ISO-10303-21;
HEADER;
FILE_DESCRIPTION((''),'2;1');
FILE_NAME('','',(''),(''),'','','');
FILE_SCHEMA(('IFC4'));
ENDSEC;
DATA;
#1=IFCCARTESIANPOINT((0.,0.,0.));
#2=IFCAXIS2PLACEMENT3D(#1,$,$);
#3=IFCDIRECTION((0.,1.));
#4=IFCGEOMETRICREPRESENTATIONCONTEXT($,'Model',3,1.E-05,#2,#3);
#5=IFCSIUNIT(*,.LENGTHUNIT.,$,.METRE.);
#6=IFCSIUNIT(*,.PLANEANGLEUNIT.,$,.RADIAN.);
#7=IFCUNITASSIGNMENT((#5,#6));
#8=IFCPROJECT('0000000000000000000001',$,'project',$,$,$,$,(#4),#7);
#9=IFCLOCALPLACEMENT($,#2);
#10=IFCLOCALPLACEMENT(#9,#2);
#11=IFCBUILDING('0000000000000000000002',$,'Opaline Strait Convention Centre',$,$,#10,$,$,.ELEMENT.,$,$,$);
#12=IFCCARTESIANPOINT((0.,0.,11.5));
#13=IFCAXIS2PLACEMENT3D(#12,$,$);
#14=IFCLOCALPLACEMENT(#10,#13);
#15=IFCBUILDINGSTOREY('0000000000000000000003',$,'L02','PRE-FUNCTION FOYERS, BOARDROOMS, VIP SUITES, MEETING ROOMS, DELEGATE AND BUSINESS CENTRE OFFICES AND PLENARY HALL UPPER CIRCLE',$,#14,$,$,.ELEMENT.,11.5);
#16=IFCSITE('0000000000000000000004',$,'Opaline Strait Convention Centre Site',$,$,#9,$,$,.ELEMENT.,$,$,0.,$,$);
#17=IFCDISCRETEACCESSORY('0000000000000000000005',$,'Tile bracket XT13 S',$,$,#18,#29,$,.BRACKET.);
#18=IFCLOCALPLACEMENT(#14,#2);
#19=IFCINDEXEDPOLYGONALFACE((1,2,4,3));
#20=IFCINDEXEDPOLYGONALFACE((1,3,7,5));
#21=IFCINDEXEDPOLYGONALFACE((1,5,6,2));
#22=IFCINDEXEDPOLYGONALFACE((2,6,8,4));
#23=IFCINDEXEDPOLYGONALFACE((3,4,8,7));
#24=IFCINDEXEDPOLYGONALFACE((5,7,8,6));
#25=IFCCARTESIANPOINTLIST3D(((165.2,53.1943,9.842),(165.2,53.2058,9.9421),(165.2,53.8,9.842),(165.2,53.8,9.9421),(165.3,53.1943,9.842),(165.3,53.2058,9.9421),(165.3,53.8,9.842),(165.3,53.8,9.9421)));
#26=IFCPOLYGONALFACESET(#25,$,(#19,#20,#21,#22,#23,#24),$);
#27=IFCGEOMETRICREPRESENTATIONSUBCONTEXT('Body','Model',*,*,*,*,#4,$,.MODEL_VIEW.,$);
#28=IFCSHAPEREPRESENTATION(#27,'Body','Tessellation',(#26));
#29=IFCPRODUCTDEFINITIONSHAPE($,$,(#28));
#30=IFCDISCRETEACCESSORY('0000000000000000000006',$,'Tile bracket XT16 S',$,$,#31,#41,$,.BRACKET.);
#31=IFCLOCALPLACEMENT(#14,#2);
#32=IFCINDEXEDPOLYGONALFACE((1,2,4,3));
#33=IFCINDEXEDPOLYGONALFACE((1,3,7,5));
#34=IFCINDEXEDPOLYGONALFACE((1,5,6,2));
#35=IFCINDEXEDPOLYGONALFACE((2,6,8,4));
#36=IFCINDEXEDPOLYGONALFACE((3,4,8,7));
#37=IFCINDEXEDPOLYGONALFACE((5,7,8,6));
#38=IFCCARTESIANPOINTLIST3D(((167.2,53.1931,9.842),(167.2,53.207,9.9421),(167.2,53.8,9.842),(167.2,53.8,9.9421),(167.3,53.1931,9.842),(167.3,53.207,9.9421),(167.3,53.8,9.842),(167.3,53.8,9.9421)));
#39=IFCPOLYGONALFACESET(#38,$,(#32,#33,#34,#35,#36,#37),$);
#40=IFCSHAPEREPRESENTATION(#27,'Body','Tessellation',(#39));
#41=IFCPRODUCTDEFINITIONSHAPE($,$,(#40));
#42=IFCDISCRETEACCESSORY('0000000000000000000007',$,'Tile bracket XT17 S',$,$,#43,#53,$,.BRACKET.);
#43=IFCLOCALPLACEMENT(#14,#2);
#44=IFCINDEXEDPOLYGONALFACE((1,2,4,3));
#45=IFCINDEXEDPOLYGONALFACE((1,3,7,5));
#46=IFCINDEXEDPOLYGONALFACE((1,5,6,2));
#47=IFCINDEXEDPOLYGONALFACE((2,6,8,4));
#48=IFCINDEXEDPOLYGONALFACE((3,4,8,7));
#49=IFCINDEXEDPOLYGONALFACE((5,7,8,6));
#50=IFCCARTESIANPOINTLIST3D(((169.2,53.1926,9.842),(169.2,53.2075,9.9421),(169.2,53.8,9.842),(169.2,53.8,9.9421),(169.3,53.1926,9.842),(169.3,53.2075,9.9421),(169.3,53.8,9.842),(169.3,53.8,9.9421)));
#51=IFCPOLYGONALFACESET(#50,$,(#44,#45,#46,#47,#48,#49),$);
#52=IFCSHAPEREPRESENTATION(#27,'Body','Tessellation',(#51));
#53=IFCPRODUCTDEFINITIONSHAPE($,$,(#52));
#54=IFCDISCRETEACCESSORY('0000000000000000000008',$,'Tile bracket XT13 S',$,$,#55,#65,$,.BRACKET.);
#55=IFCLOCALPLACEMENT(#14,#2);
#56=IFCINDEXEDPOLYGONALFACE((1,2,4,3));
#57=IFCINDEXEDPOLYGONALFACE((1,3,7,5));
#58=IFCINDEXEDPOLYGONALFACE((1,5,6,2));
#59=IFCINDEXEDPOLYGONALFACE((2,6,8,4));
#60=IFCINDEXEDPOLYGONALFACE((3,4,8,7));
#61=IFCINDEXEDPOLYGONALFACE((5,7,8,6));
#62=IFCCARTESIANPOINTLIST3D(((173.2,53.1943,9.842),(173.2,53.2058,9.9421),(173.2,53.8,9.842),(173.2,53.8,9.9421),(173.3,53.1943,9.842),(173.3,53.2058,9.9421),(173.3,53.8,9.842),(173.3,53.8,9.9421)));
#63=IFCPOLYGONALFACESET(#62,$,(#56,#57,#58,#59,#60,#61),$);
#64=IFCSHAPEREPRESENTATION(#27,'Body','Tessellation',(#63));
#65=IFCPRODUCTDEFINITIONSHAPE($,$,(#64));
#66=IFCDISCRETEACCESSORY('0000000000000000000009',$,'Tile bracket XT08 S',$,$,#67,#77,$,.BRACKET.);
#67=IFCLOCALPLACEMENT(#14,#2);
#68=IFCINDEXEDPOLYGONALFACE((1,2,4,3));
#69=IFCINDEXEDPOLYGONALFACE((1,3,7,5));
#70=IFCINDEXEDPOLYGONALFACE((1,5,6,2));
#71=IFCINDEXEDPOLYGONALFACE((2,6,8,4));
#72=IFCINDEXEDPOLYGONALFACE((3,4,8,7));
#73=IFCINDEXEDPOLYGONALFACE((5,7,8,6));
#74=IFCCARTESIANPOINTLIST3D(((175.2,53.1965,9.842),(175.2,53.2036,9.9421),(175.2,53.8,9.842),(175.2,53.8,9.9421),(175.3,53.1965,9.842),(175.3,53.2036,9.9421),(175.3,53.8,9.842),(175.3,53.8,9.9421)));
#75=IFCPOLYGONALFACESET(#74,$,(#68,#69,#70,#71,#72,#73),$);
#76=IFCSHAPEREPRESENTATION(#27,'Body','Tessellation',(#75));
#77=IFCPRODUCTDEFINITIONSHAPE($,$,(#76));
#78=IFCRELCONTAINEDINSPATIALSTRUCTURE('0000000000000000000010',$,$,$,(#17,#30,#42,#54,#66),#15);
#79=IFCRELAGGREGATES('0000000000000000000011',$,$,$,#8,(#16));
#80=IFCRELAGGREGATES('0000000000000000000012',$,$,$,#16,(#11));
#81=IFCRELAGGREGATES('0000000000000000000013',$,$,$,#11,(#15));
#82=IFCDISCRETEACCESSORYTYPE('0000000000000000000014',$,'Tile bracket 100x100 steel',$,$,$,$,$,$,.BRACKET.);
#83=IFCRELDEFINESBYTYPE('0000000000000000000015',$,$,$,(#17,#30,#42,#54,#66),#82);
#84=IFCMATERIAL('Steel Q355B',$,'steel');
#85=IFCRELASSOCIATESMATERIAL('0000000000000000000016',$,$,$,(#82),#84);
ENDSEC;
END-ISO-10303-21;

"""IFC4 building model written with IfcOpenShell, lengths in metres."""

from ifc_helpers import new_model, si_unit, direction, frame, origin, place, context, subcontext, project, spatial, polyline, outline, extrude, material, type_object, element, save


model = new_model("IFC4")

# Units and contexts
model_context = context("Model", 3, precision=1e-05, world=origin(), true_north=direction((0.0, 1.0)))
body_context = subcontext(model_context, "Body", "Model", "MODEL_VIEW")
ifc_project = project(units=[si_unit("LENGTHUNIT", "METRE"), si_unit("PLANEANGLEUNIT", "RADIAN")], contexts=[model_context])

# Site, building, storey
site_placement = place(None, origin())
site = spatial("IfcSite", under=ifc_project, at=site_placement, Name="Opaline Strait Convention Centre Site", CompositionType="ELEMENT", RefElevation=0.0)
building_placement = place(site_placement, origin())
building = spatial("IfcBuilding", under=site, at=building_placement, Name="Opaline Strait Convention Centre", CompositionType="ELEMENT")
storey_placement = place(building_placement, frame((0.0, 0.0, 11.5)))
storey = spatial("IfcBuildingStorey", under=building, at=storey_placement, Name="L02", Description="PRE-FUNCTION FOYERS, BOARDROOMS, VIP SUITES, MEETING ROOMS, DELEGATE AND BUSINESS CENTRE OFFICES AND PLENARY HALL UPPER CIRCLE", CompositionType="ELEMENT", Elevation=11.5)

# Shared definitions
ifc_material_1 = material(Name="Steel Q355B", Category="steel")

# Discrete accessories
discrete_accessory_type = type_object("IfcDiscreteAccessoryType", Name="Tile bracket 100x100 steel", PredefinedType="BRACKET", material=ifc_material_1)
discrete_accessory_1_placement = place(storey_placement, frame((165.2, 53.8, 9.8921), z_axis=(1.0, 0.0, 0.0), x_axis=(0.0, 1.0, 0.0)))
element("IfcDiscreteAccessory", 1, at=discrete_accessory_1_placement, inside=storey, type_object=discrete_accessory_type, Name="Tile bracket XT13 S", PredefinedType="BRACKET", context=body_context, shape_type="SweptSolid", body=[
    extrude(outline(polyline([(0.0, -0.05), (0.0, 0.05), (-0.5942, 0.05), (-0.6057, -0.05), (0.0, -0.05)])), origin(), (0.0, 0.0, 1.0), 0.1001),
])
discrete_accessory_2_placement = place(storey_placement, frame((167.2, 53.8, 9.8921), z_axis=(1.0, 0.0, 0.0), x_axis=(0.0, 1.0, 0.0)))
element("IfcDiscreteAccessory", 2, at=discrete_accessory_2_placement, inside=storey, type_object=discrete_accessory_type, Name="Tile bracket XT16 S", PredefinedType="BRACKET", context=body_context, shape_type="SweptSolid", body=[
    extrude(outline(polyline([(0.0, -0.05), (0.0, 0.05), (-0.593, 0.05), (-0.6069, -0.05), (0.0, -0.05)])), origin(), (0.0, 0.0, 1.0), 0.1001),
])
discrete_accessory_3_placement = place(storey_placement, frame((169.2, 53.8, 9.8921), z_axis=(1.0, 0.0, 0.0), x_axis=(0.0, 1.0, 0.0)))
element("IfcDiscreteAccessory", 3, at=discrete_accessory_3_placement, inside=storey, type_object=discrete_accessory_type, Name="Tile bracket XT17 S", PredefinedType="BRACKET", context=body_context, shape_type="SweptSolid", body=[
    extrude(outline(polyline([(0.0, -0.05), (0.0, 0.05), (-0.5925, 0.05), (-0.6074, -0.05), (0.0, -0.05)])), origin(), (0.0, 0.0, 1.0), 0.1001),
])
discrete_accessory_4_placement = place(storey_placement, frame((173.2, 53.8, 9.8921), z_axis=(1.0, 0.0, 0.0), x_axis=(0.0, 1.0, 0.0)))
element("IfcDiscreteAccessory", 4, at=discrete_accessory_4_placement, inside=storey, type_object=discrete_accessory_type, Name="Tile bracket XT13 S", PredefinedType="BRACKET", context=body_context, shape_type="SweptSolid", body=[
    extrude(outline(polyline([(0.0, -0.05), (0.0, 0.05), (-0.5942, 0.05), (-0.6057, -0.05), (0.0, -0.05)])), origin(), (0.0, 0.0, 1.0), 0.1001),
])
discrete_accessory_5_placement = place(storey_placement, frame((175.2, 53.8, 9.8921), z_axis=(1.0, 0.0, 0.0), x_axis=(0.0, 1.0, 0.0)))
element("IfcDiscreteAccessory", 5, at=discrete_accessory_5_placement, inside=storey, type_object=discrete_accessory_type, Name="Tile bracket XT08 S", PredefinedType="BRACKET", context=body_context, shape_type="SweptSolid", body=[
    extrude(outline(polyline([(0.0, -0.05), (0.0, 0.05), (-0.5964, 0.05), (-0.6035, -0.05), (0.0, -0.05)])), origin(), (0.0, 0.0, 1.0), 0.1001),
])

save(model, "model.ifc")
